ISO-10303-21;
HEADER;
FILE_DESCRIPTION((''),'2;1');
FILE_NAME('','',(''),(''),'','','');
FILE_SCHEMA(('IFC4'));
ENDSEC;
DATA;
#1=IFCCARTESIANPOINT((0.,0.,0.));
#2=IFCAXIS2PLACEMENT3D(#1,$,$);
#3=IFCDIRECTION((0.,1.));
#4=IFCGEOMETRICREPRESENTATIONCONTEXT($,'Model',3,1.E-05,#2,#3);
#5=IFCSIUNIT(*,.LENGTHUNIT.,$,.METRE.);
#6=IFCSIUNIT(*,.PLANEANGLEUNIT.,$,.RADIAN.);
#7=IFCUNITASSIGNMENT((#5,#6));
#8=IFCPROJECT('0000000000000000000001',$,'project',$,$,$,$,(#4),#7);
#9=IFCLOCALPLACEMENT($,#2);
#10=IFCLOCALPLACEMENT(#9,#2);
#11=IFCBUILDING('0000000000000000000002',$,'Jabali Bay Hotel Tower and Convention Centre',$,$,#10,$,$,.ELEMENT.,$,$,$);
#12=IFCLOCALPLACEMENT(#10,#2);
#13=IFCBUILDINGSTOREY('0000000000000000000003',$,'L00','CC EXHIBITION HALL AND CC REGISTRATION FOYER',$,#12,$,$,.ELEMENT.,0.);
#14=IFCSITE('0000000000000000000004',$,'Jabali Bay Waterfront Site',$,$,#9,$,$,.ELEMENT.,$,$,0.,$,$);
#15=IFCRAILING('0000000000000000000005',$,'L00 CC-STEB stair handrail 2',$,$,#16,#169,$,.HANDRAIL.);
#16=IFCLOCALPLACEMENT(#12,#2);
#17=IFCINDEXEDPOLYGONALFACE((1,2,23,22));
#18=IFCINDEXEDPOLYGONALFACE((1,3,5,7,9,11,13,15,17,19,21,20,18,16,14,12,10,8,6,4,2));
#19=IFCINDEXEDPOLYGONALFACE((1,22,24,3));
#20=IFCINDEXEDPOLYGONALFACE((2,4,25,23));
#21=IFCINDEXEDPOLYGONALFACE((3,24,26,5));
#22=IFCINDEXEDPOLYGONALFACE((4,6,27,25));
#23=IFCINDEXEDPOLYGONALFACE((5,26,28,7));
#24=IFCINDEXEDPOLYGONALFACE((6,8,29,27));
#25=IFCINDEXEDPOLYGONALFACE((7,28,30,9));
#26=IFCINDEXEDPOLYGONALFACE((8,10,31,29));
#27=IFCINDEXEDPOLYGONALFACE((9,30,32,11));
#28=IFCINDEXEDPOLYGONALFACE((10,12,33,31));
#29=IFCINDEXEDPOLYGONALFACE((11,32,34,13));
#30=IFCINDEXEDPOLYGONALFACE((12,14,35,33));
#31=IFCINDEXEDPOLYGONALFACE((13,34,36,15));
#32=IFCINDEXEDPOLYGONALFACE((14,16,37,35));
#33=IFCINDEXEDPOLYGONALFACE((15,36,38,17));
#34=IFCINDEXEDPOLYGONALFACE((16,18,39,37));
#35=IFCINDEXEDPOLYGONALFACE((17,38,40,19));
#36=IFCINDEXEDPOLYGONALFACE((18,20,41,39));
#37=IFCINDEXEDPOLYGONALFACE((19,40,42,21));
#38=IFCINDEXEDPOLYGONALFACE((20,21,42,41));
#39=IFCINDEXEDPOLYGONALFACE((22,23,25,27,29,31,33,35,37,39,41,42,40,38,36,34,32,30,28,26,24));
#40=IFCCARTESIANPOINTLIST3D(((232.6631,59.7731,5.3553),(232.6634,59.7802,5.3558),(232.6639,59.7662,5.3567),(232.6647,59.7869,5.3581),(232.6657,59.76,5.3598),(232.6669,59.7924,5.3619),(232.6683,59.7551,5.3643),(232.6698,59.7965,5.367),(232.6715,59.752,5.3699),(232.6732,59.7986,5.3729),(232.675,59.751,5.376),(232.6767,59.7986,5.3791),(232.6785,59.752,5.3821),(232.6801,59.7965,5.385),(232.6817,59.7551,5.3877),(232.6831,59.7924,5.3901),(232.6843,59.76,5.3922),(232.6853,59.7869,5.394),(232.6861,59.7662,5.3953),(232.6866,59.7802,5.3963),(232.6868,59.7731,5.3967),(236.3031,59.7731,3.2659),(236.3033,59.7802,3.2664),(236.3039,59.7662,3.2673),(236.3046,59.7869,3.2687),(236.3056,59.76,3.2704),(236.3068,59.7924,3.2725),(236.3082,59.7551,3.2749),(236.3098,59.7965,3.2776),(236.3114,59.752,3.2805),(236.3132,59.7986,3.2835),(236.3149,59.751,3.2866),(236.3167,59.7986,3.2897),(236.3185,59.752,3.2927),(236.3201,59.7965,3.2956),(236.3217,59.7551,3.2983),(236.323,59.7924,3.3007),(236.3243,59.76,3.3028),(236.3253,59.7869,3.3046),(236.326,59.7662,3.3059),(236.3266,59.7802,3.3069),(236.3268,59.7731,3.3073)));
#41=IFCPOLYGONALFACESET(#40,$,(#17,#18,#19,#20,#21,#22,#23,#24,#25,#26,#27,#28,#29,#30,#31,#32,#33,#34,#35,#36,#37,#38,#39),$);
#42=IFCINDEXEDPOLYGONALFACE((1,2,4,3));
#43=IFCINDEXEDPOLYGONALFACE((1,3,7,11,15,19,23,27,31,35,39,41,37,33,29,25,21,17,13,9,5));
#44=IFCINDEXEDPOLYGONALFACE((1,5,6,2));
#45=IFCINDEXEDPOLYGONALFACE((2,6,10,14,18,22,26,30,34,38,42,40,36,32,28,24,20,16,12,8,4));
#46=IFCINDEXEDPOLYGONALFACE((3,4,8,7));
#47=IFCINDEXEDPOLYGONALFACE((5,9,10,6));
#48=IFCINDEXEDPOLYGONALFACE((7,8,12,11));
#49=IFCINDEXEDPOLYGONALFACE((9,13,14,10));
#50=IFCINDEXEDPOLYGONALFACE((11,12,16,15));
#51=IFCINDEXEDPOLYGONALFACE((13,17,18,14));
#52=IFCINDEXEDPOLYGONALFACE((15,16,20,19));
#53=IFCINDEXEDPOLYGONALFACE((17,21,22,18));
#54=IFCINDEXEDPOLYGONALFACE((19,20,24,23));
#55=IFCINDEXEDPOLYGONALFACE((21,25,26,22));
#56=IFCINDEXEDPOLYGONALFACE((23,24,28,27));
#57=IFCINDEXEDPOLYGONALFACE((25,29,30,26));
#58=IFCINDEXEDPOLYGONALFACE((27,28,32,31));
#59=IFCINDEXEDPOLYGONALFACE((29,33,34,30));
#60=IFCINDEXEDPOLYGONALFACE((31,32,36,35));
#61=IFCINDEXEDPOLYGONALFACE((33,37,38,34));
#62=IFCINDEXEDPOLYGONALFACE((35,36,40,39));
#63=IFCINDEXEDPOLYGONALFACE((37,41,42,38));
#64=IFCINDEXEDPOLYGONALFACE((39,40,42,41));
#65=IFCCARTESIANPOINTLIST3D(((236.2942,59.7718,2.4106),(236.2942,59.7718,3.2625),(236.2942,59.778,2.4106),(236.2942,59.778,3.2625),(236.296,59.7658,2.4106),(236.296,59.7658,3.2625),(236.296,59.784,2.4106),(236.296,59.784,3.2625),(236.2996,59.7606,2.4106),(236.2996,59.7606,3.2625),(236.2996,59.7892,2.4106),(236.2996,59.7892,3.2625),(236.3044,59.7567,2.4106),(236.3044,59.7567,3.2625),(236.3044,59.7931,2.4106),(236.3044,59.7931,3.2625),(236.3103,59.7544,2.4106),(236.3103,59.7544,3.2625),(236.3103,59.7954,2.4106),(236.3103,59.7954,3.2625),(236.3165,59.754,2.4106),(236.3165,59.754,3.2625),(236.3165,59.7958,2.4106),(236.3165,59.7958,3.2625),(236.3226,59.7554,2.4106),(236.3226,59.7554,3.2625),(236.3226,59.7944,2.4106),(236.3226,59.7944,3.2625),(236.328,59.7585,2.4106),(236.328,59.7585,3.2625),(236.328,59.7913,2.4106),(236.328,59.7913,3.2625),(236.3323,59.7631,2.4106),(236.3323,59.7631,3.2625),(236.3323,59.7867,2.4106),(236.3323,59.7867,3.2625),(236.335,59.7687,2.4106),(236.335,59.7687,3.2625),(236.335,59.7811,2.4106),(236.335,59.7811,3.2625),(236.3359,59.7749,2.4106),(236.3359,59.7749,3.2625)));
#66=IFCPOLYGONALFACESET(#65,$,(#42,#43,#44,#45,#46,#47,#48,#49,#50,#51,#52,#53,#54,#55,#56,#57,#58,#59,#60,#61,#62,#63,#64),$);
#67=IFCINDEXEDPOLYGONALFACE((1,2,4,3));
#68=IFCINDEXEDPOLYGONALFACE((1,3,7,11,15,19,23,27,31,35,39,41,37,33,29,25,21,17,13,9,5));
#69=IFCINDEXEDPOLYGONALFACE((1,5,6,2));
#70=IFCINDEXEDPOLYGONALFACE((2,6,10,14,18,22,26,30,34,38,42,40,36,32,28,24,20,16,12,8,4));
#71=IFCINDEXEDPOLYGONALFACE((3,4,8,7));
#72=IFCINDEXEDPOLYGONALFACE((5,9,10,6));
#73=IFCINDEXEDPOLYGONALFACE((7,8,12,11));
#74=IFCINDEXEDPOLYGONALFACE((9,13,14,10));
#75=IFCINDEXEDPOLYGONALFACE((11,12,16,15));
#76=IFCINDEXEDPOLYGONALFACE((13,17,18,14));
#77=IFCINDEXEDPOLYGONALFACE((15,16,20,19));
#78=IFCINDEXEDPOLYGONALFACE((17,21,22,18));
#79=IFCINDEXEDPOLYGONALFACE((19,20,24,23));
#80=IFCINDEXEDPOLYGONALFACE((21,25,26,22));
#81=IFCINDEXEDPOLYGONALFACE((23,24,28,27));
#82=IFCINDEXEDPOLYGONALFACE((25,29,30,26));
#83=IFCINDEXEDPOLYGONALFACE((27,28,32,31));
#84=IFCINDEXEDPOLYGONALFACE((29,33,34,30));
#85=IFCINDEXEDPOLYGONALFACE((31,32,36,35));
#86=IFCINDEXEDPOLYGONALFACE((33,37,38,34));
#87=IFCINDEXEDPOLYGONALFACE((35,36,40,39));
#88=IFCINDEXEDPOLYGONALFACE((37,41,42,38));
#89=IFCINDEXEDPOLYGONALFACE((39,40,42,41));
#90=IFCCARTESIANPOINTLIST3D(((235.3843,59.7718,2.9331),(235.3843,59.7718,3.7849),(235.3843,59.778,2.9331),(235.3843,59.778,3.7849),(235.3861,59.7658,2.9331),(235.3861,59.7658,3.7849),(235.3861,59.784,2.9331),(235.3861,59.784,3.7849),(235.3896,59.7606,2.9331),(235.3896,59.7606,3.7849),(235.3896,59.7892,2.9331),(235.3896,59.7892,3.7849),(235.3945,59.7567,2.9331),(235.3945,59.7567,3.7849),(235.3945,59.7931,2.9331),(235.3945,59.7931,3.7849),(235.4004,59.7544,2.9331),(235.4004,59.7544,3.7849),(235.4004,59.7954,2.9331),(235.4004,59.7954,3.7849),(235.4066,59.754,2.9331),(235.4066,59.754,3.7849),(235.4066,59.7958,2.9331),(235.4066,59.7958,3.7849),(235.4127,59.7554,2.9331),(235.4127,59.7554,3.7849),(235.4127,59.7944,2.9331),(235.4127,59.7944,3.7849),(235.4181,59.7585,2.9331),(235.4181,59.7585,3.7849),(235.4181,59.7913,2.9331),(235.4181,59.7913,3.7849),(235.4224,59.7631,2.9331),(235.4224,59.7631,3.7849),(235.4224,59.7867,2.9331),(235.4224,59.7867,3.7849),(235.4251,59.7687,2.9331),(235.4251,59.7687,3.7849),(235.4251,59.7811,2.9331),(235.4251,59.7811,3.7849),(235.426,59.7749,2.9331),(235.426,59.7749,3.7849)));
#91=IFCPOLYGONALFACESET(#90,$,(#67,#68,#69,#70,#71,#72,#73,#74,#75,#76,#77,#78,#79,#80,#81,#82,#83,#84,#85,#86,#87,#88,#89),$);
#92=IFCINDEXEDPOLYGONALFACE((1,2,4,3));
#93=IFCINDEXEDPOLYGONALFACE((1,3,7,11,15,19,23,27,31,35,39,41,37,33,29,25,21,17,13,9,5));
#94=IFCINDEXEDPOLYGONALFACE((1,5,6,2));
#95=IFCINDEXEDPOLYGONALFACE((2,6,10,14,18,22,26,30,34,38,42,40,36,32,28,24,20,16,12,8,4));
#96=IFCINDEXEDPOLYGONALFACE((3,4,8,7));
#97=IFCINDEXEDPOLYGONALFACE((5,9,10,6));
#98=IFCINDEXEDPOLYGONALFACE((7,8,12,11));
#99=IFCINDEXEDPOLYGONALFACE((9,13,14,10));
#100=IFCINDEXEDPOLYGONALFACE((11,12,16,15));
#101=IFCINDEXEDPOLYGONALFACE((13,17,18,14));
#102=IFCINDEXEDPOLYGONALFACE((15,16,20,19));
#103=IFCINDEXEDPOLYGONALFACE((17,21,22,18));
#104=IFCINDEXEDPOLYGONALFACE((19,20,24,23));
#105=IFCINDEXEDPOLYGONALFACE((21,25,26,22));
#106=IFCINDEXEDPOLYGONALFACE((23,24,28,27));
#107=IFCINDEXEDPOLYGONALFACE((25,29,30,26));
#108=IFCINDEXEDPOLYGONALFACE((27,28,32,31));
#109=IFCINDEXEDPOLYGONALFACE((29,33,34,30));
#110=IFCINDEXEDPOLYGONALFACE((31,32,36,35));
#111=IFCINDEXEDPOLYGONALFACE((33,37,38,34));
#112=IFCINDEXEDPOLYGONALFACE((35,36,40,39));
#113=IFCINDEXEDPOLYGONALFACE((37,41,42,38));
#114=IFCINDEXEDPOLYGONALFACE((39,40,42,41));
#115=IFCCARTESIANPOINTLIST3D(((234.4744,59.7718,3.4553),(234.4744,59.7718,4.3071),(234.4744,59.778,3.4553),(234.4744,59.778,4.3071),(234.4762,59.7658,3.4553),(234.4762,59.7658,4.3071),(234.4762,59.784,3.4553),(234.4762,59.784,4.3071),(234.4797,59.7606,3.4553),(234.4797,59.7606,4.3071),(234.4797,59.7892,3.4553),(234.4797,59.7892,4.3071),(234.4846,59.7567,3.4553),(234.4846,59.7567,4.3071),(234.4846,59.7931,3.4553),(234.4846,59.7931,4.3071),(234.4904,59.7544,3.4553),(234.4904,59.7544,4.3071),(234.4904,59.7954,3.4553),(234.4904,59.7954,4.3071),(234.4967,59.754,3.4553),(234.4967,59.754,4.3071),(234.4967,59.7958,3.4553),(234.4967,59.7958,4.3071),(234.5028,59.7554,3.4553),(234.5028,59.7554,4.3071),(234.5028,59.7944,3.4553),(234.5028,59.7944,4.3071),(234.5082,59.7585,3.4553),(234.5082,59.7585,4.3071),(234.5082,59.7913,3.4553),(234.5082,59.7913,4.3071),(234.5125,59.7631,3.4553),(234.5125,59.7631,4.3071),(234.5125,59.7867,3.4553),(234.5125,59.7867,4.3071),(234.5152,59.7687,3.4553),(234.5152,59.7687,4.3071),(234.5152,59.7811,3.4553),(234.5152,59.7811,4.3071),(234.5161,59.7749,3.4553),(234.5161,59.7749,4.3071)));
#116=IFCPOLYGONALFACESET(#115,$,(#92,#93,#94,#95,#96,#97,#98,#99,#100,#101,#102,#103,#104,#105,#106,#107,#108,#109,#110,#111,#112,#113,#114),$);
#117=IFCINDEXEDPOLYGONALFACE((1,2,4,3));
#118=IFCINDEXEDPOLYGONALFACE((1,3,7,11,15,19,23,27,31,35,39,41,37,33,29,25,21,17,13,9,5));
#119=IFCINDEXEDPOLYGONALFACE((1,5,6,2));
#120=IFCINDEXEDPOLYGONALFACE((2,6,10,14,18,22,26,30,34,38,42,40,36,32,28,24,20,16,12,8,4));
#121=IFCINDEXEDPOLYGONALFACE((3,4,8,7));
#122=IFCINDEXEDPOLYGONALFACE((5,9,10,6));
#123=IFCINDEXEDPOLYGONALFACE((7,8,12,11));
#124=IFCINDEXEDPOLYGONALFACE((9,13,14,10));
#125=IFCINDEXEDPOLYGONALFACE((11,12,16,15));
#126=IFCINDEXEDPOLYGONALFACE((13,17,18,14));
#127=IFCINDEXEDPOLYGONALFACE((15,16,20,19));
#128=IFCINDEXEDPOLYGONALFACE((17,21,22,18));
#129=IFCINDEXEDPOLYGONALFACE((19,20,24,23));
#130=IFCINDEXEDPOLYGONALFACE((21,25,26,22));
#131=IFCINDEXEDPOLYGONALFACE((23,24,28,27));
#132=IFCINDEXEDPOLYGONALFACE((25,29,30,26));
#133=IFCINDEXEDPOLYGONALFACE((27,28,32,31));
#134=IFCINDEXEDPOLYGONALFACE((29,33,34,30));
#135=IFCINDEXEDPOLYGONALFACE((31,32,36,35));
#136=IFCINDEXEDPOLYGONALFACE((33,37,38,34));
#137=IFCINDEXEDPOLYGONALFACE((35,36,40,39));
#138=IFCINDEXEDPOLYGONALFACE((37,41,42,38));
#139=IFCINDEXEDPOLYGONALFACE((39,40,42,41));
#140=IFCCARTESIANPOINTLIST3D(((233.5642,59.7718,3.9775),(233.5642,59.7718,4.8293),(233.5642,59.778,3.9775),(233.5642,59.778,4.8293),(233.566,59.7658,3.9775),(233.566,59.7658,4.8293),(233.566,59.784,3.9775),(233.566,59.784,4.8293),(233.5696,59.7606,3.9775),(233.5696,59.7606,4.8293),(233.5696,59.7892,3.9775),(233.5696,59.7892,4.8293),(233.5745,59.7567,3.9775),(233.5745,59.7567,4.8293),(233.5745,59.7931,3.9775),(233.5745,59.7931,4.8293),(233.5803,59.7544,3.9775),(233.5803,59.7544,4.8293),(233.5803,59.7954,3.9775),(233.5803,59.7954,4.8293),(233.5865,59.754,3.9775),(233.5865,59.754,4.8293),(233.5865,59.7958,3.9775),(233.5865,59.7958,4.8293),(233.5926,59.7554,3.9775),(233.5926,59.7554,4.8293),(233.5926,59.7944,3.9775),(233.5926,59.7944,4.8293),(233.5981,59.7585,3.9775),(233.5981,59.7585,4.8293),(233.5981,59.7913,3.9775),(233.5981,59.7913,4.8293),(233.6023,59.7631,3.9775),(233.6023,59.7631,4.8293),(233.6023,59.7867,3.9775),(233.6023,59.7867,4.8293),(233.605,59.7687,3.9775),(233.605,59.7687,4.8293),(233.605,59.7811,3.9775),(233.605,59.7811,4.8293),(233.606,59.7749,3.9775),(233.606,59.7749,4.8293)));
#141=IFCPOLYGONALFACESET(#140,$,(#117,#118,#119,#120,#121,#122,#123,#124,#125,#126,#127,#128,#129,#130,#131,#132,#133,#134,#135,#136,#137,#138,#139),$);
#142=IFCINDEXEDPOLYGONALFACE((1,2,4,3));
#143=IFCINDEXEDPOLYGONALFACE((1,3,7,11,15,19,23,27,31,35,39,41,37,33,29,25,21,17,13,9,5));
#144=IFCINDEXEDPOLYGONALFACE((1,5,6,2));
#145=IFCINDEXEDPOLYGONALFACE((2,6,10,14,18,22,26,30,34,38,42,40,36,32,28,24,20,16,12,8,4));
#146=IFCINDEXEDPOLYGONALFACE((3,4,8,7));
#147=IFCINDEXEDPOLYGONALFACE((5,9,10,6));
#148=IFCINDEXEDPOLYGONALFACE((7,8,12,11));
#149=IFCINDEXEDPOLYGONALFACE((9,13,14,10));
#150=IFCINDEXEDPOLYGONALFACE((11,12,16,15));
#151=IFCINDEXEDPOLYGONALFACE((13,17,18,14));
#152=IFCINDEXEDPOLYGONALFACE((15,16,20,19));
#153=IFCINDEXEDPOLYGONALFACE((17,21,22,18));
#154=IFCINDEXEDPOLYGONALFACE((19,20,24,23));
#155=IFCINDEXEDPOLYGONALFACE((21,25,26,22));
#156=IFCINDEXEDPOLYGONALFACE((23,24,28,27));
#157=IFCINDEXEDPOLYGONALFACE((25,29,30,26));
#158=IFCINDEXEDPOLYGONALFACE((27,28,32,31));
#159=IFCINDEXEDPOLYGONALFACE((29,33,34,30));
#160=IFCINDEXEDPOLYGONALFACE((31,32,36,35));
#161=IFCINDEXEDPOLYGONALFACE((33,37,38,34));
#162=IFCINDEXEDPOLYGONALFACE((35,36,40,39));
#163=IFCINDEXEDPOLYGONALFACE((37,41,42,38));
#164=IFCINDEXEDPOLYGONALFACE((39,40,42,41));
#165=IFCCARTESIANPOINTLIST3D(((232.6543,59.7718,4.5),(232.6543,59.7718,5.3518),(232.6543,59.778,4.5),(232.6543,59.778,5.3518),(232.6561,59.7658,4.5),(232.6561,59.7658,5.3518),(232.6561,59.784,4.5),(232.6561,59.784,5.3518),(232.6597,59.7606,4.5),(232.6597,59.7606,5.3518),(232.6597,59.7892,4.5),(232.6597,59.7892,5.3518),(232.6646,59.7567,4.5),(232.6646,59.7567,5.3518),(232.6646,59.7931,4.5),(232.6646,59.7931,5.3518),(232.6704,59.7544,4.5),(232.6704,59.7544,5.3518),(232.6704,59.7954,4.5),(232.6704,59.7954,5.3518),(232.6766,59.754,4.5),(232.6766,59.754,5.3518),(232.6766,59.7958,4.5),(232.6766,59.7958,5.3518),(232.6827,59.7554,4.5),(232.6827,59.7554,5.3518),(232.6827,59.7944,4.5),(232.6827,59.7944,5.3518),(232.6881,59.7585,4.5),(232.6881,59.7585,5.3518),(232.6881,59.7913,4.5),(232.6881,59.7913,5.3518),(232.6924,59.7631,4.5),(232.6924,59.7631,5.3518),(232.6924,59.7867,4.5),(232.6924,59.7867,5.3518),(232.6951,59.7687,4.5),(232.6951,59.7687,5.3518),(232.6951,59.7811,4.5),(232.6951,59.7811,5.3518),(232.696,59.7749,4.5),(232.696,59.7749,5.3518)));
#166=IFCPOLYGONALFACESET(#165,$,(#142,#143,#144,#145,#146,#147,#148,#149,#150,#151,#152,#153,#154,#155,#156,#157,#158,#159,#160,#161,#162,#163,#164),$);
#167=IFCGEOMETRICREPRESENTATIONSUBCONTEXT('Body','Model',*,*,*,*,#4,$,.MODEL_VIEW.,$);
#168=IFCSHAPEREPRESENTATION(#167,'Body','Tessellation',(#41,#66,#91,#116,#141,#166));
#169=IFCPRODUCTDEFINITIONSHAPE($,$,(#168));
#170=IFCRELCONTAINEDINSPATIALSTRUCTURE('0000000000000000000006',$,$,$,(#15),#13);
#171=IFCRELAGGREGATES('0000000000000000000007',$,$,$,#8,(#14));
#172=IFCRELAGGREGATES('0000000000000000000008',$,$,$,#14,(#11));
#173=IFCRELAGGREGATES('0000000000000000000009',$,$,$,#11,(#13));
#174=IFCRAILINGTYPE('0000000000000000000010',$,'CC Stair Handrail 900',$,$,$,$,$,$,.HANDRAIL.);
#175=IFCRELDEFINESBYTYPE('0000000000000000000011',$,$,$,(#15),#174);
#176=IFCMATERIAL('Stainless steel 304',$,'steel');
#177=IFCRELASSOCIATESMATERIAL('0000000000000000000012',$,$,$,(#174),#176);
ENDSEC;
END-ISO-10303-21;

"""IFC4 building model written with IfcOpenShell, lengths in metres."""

from ifc_helpers import new_model, si_unit, direction, frame, origin, origin_2d, place, context, subcontext, project, spatial, circle, extrude, material, type_object, element, save


model = new_model("IFC4")

# Units and contexts
model_context = context("Model", 3, precision=1e-05, world=origin(), true_north=direction((0.0, 1.0)))
body_context = subcontext(model_context, "Body", "Model", "MODEL_VIEW")
ifc_project = project(units=[si_unit("LENGTHUNIT", "METRE"), si_unit("PLANEANGLEUNIT", "RADIAN")], contexts=[model_context])

# Site, building, storey
site_placement = place(None, origin())
site = spatial("IfcSite", under=ifc_project, at=site_placement, Name="Jabali Bay Waterfront Site", CompositionType="ELEMENT", RefElevation=0.0)
building_placement = place(site_placement, origin())
building = spatial("IfcBuilding", under=site, at=building_placement, Name="Jabali Bay Hotel Tower and Convention Centre", CompositionType="ELEMENT")
storey_placement = place(building_placement, origin())
storey = spatial("IfcBuildingStorey", under=building, at=storey_placement, Name="L00", Description="CC EXHIBITION HALL AND CC REGISTRATION FOYER", CompositionType="ELEMENT", Elevation=0.0)

# Railing
ifc_material_1 = material(Name="Stainless steel 304", Category="steel")
railing_type_1 = type_object("IfcRailingType", Name="CC Stair Handrail 900", PredefinedType="HANDRAIL", material=ifc_material_1)
railing_1_placement = place(storey_placement, frame((236.3149, 59.7749, 2.4106)))
element("IfcRailing", 1, at=railing_1_placement, inside=storey, type_object=railing_type_1, Name="L00 CC-STEB stair handrail 2", PredefinedType="HANDRAIL", context=body_context, shape_type="SweptSolid", body=[
    extrude(circle(Radius=0.0239, at=origin_2d()), frame((0.0, 0.0, 0.876), z_axis=(-0.867275, 0.0, 0.497829), x_axis=(0.0, -1.0, 0.0)), (0.0, 0.0, 1.0), 4.197),
    extrude(circle(Radius=0.021, at=origin_2d()), origin(), (0.0, 0.0, 1.0), 0.8518),
    extrude(circle(Radius=0.021, at=origin_2d()), frame((-0.9099, 0.0, 0.5225)), (0.0, 0.0, 1.0), 0.8518),
    extrude(circle(Radius=0.021, at=origin_2d()), frame((-1.8198, 0.0, 1.0447)), (0.0, 0.0, 1.0), 0.8518),
    extrude(circle(Radius=0.021, at=origin_2d()), frame((-2.73, 0.0, 1.5669)), (0.0, 0.0, 1.0), 0.8518),
    extrude(circle(Radius=0.021, at=origin_2d()), frame((-3.6399, 0.0, 2.0894)), (0.0, 0.0, 1.0), 0.8518),
])

save(model, "model.ifc")
